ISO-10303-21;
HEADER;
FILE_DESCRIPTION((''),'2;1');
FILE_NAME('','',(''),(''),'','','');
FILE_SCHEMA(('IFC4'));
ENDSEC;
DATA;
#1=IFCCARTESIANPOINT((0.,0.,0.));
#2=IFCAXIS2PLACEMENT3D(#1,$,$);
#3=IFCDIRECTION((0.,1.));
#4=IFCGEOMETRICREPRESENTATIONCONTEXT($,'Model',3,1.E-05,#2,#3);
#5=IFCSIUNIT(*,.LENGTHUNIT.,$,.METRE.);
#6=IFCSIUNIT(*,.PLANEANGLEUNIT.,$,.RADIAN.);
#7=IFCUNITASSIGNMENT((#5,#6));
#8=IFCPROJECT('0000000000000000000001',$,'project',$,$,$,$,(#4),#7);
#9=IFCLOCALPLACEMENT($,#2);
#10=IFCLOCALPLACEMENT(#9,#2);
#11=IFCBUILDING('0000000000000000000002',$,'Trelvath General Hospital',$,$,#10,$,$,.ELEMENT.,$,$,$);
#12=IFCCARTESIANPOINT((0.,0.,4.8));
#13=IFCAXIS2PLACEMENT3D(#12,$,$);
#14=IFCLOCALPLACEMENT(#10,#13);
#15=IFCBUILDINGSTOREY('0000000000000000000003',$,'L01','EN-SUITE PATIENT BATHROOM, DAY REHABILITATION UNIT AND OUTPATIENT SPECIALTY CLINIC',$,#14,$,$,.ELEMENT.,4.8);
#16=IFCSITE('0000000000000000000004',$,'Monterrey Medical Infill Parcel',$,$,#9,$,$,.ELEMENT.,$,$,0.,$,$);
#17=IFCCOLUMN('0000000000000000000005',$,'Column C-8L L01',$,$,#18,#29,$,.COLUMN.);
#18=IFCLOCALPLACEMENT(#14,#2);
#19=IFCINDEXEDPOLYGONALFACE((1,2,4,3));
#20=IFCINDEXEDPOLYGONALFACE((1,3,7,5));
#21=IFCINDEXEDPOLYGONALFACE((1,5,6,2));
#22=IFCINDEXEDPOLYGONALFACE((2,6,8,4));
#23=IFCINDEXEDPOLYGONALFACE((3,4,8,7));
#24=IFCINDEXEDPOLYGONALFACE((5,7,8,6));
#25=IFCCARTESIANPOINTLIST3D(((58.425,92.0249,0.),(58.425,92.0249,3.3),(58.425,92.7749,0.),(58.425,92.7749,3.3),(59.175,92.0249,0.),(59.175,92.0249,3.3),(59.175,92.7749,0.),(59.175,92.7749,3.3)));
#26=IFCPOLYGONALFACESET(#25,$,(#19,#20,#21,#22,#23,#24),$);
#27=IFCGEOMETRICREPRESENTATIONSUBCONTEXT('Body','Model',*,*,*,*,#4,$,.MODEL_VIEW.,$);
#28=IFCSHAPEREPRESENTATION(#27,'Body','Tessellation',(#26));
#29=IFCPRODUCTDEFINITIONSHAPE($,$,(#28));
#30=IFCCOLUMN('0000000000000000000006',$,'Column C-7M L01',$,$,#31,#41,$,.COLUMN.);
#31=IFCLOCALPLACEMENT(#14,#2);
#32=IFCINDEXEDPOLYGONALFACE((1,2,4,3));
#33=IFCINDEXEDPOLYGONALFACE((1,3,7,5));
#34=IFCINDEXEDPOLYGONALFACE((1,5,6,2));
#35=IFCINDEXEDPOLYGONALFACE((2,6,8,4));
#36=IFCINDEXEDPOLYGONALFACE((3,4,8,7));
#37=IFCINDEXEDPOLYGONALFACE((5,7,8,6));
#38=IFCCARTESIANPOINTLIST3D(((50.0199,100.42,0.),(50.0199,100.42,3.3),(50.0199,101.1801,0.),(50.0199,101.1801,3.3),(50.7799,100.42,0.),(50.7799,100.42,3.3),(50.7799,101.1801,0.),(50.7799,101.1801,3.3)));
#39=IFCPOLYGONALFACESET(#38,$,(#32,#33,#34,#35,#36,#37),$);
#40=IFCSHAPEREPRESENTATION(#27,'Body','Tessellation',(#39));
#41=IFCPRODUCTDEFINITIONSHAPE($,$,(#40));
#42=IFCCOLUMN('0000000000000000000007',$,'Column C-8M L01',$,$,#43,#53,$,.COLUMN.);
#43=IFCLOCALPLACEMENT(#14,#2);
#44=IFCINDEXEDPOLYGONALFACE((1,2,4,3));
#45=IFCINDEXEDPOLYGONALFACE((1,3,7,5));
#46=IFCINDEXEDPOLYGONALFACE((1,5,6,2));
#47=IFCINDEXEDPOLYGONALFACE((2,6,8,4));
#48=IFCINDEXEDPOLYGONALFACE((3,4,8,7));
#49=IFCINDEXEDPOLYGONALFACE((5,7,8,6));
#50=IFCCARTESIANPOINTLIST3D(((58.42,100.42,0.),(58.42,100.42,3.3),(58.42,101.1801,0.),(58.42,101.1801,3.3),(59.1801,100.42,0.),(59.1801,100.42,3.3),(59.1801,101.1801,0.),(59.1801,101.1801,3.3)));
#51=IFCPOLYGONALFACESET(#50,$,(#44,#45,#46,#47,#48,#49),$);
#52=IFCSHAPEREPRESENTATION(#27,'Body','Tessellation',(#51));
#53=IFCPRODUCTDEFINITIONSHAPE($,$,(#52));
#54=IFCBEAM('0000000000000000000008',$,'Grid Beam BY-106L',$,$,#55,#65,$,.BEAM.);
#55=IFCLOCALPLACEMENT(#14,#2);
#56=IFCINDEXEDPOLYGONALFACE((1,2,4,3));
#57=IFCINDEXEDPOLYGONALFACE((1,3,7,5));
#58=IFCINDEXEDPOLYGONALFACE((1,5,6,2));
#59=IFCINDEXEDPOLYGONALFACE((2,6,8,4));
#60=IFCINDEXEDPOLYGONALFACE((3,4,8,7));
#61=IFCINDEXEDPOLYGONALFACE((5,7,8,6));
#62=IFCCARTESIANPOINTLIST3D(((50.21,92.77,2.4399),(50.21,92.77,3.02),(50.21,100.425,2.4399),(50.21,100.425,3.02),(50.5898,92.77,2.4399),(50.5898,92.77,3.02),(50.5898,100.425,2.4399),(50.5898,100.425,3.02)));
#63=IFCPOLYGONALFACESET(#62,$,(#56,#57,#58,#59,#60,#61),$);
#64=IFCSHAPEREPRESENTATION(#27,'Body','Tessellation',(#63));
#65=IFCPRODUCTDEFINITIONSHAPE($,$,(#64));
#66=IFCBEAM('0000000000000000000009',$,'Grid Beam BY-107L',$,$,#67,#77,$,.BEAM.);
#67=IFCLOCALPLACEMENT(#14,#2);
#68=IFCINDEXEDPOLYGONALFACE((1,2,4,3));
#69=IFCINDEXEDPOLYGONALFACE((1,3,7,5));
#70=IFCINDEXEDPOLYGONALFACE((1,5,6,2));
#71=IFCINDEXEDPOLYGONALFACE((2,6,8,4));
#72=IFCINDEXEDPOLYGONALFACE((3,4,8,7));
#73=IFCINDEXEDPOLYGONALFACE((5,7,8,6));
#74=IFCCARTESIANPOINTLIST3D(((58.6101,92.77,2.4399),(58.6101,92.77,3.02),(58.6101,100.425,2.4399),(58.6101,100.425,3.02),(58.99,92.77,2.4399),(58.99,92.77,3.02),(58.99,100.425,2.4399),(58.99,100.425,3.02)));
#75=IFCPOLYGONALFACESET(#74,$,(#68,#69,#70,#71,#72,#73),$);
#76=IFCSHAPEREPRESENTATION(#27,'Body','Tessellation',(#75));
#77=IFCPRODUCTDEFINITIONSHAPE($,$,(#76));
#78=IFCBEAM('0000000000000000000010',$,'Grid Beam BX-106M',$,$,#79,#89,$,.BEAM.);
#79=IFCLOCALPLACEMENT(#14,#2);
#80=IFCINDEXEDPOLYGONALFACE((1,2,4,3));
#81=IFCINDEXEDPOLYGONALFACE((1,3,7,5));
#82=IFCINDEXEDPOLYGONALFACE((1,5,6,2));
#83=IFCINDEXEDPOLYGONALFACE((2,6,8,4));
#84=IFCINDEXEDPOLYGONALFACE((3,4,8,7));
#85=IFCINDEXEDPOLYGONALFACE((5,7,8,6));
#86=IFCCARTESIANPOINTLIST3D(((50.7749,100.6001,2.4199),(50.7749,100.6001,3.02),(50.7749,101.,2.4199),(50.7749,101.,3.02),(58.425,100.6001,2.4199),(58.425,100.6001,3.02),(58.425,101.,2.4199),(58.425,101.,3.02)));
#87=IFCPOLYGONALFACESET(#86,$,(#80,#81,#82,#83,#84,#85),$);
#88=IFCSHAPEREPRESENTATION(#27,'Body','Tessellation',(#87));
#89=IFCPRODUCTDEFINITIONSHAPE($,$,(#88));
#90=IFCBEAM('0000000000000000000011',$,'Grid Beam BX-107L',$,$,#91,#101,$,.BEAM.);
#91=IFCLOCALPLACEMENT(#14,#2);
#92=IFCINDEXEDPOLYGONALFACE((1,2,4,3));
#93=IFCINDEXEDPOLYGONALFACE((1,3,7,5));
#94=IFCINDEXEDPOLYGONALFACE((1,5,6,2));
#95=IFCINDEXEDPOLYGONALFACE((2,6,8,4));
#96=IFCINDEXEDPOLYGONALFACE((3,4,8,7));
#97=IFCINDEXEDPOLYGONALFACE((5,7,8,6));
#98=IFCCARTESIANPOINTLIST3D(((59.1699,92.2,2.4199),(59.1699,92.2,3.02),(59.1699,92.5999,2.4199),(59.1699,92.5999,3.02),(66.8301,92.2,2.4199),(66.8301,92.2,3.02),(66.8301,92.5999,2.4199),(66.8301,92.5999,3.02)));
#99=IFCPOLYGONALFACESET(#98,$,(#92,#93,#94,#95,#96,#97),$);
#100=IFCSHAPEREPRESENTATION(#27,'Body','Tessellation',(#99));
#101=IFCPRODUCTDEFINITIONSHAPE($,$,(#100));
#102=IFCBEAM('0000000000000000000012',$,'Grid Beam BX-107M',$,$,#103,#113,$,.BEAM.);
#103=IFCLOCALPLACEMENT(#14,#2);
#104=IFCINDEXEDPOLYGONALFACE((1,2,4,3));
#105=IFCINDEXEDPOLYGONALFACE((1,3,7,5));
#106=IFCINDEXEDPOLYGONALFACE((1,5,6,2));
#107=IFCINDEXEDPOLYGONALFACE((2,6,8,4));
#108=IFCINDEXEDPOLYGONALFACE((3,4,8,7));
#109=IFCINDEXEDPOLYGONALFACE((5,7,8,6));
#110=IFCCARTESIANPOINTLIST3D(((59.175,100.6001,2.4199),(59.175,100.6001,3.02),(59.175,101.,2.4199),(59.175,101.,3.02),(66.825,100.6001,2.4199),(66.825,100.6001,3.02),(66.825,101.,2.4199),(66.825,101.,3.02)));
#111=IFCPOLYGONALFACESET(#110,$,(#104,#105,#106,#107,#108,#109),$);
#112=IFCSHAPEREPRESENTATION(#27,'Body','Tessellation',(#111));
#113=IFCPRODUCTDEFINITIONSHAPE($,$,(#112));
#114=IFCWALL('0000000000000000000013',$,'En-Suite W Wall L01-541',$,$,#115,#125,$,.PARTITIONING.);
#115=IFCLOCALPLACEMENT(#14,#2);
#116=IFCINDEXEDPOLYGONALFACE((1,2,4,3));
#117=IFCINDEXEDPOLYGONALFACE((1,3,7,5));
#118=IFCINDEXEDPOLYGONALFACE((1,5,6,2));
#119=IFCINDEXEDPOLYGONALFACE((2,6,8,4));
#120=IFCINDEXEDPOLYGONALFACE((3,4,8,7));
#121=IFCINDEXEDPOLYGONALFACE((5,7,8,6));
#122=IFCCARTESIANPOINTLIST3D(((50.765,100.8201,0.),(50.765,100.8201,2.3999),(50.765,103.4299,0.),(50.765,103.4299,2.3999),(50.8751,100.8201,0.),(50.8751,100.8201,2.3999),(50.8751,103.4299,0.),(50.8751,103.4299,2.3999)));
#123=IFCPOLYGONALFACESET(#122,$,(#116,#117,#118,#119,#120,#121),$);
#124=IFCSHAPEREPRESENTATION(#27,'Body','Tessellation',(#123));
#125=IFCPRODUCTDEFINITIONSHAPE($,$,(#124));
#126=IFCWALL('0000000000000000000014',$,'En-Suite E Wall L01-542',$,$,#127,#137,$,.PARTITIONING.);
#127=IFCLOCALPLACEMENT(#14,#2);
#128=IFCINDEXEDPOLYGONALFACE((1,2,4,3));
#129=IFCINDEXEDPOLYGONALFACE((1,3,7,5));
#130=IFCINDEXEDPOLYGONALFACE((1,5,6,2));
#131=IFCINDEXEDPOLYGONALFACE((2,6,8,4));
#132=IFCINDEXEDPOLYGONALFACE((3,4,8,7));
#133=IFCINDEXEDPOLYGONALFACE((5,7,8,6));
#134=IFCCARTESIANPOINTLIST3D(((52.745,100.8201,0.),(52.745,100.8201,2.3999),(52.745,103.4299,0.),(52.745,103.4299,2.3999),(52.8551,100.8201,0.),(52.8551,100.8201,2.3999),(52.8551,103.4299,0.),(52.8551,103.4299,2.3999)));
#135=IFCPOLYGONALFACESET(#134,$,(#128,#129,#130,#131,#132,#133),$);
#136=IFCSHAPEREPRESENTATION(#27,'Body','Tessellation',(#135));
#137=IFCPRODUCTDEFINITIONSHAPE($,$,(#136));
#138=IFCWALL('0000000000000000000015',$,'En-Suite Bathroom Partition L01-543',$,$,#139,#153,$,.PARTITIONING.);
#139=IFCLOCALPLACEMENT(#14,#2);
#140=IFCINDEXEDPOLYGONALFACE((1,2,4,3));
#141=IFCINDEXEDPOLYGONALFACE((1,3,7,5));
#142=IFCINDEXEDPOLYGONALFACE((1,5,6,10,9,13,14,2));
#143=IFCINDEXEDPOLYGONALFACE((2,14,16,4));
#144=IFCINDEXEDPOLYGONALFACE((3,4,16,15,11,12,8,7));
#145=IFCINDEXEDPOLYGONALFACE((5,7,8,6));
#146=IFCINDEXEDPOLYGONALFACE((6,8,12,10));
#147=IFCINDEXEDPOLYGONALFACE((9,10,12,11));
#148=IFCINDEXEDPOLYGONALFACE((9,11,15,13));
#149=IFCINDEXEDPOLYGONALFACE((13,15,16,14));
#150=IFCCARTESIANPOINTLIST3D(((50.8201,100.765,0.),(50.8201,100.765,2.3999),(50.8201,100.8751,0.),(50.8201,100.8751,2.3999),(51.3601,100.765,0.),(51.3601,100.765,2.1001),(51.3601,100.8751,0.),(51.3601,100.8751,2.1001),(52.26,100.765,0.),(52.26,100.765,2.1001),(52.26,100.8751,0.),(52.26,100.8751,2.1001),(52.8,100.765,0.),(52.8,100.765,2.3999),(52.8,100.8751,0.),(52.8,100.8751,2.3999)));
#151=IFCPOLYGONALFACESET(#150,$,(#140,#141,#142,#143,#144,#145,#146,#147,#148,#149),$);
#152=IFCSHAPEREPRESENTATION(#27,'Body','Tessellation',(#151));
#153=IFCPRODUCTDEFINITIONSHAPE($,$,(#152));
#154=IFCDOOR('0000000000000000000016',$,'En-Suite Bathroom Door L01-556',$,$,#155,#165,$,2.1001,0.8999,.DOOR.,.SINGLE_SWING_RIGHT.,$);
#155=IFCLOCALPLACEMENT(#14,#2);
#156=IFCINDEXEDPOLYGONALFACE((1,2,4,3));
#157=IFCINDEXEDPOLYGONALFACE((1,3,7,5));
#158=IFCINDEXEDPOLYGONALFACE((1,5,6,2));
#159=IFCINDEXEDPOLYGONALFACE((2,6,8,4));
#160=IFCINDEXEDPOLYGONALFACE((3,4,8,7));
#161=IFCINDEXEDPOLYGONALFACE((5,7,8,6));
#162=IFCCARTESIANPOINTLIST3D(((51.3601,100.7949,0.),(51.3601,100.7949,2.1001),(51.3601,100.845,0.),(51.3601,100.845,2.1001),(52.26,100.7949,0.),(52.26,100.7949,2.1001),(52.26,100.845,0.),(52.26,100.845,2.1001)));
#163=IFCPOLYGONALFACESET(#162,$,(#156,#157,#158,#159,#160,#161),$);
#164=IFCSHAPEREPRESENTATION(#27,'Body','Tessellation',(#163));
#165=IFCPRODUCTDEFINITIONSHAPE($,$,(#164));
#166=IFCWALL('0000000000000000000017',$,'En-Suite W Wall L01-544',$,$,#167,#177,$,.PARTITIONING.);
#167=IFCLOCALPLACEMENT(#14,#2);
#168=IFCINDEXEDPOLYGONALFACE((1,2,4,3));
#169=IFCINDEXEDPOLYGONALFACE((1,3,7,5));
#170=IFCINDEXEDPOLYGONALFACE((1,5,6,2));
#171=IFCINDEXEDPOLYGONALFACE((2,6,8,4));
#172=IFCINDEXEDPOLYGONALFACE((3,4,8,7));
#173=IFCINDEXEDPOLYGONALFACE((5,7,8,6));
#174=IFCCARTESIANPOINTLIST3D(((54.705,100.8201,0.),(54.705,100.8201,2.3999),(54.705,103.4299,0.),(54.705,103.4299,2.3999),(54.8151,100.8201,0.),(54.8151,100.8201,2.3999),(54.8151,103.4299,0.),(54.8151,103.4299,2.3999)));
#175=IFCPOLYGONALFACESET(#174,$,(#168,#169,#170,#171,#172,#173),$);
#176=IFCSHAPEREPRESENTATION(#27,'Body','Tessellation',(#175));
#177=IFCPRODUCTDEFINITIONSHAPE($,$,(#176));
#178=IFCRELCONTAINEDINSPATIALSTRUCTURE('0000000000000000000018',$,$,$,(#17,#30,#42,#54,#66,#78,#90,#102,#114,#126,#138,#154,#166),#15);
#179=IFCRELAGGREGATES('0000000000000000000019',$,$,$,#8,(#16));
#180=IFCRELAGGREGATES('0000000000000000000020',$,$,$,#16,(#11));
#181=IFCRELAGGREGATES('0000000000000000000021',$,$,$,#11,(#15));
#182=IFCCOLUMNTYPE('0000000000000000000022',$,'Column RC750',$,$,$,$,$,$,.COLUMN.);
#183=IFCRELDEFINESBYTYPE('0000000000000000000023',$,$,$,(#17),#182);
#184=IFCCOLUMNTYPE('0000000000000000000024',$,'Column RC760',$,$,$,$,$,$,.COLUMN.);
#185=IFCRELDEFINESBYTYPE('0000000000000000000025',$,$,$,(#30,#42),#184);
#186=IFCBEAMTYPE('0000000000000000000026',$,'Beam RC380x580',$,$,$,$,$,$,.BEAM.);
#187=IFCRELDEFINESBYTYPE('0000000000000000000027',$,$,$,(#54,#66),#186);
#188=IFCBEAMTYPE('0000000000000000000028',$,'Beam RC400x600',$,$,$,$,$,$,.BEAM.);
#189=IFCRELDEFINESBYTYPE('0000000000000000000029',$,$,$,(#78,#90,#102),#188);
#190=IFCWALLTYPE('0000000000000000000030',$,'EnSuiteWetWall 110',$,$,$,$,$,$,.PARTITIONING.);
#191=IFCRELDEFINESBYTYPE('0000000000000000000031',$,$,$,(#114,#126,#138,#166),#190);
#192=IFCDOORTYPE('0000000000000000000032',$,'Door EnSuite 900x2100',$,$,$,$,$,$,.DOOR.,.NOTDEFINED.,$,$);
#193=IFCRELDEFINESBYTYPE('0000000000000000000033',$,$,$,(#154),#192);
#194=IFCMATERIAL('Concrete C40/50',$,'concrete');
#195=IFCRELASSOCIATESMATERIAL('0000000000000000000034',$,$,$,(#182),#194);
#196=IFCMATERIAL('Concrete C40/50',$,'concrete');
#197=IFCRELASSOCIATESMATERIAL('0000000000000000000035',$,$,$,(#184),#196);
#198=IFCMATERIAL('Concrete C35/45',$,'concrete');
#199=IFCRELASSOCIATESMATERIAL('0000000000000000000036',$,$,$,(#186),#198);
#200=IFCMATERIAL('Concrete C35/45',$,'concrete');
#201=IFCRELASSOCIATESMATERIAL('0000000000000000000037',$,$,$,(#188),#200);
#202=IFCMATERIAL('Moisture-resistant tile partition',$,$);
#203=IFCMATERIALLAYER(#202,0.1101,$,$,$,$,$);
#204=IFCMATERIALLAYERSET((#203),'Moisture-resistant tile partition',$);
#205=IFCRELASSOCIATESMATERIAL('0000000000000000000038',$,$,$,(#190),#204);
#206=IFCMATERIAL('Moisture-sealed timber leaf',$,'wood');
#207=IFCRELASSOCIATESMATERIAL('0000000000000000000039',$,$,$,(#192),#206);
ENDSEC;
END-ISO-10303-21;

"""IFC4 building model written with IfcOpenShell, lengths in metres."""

from ifc_helpers import new_model, si_unit, direction, frame, frame_2d, origin, origin_2d, place, context, subcontext, project, spatial, rectangle, extrude, material, layer, layer_set, material_profile, profile_set, type_object, element, fill, save


model = new_model("IFC4")

# Units and contexts
model_context = context("Model", 3, precision=1e-05, world=origin(), true_north=direction((0.0, 1.0)))
body_context = subcontext(model_context, "Body", "Model", "MODEL_VIEW")
ifc_project = project(units=[si_unit("LENGTHUNIT", "METRE"), si_unit("PLANEANGLEUNIT", "RADIAN")], contexts=[model_context])

# Site, building, storey
site_placement = place(None, origin())
site = spatial("IfcSite", under=ifc_project, at=site_placement, Name="Monterrey Medical Infill Parcel", CompositionType="ELEMENT", RefElevation=0.0)
building_placement = place(site_placement, origin())
building = spatial("IfcBuilding", under=site, at=building_placement, Name="Trelvath General Hospital", CompositionType="ELEMENT")
storey_placement = place(building_placement, frame((0.0, 0.0, 4.8)))
storey = spatial("IfcBuildingStorey", under=building, at=storey_placement, Name="L01", Description="EN-SUITE PATIENT BATHROOM, DAY REHABILITATION UNIT AND OUTPATIENT SPECIALTY CLINIC", CompositionType="ELEMENT", Elevation=4.8)

# Columns
ifc_material_1 = material(Name="Concrete C40/50", Category="concrete")
ifc_material_profile_1 = material_profile(ifc_material_1, rectangle(XDim=0.75, YDim=0.75, at=origin_2d()), Name="RC750x750")
ifc_profile_set_1 = profile_set([ifc_material_profile_1], Name="Concrete C40/50")
column_type_1 = type_object("IfcColumnType", Name="Column RC750", PredefinedType="COLUMN", material=ifc_profile_set_1)
column_placement = place(storey_placement, frame((58.8, 92.3999, 0.0), z_axis=(0.0, 0.0, 1.0), x_axis=(1.0, 0.0, 0.0)))
element("IfcColumn", 1, at=column_placement, inside=storey, type_object=column_type_1, Name="Column C-8L L01", PredefinedType="COLUMN", context=body_context, shape_type="SweptSolid", body=[
    extrude(rectangle(XDim=0.75, YDim=0.75, at=origin_2d()), origin(), (0.0, 0.0, 1.0), 3.3),
])
ifc_material_2 = material(Name="Concrete C40/50", Category="concrete")
ifc_material_profile_2 = material_profile(ifc_material_2, rectangle(XDim=0.76, YDim=0.76, at=origin_2d()), Name="RC760x760")
ifc_profile_set_2 = profile_set([ifc_material_profile_2], Name="Concrete C40/50")
column_type_2 = type_object("IfcColumnType", Name="Column RC760", PredefinedType="COLUMN", material=ifc_profile_set_2)
for number, where, z_axis, x_axis, name in (
    (2, (50.3999, 100.8, 0.0), (0.0, 0.0, 1.0), (1.0, 0.0, 0.0), "Column C-7M L01"),
    (3, (58.8, 100.8, 0.0), (0.0, 0.0, 1.0), (1.0, 0.0, 0.0), "Column C-8M L01"),
):
    element("IfcColumn", number, at=place(storey_placement, frame(where, z_axis=z_axis, x_axis=x_axis)), inside=storey, type_object=column_type_2, Name=name, PredefinedType="COLUMN", context=body_context, shape_type="SweptSolid", body=[
        extrude(rectangle(XDim=0.76, YDim=0.76, at=origin_2d()), origin(), (0.0, 0.0, 1.0), 3.3),
    ])

# Beams
ifc_material_3 = material(Name="Concrete C35/45", Category="concrete")
ifc_material_profile_3 = material_profile(ifc_material_3, rectangle(XDim=0.3799, YDim=0.5801, at=origin_2d()), Name="RCB380x580")
ifc_profile_set_3 = profile_set([ifc_material_profile_3], Name="Concrete C35/45")
beam_type_1 = type_object("IfcBeamType", Name="Beam RC380x580", PredefinedType="BEAM", material=ifc_profile_set_3)
for number, where, z_axis, x_axis, name in (
    (4, (50.3999, 92.77, 2.73), (0.0, 1.0, 0.0), (-1.0, 0.0, 0.0), "Grid Beam BY-106L"),
    (5, (58.8, 92.77, 2.73), (0.0, 1.0, 0.0), (-1.0, 0.0, 0.0), "Grid Beam BY-107L"),
):
    element("IfcBeam", number, at=place(storey_placement, frame(where, z_axis=z_axis, x_axis=x_axis)), inside=storey, type_object=beam_type_1, Name=name, PredefinedType="BEAM", context=body_context, shape_type="SweptSolid", body=[
        extrude(rectangle(XDim=0.3799, YDim=0.5801, at=origin_2d()), origin(), (0.0, 0.0, 1.0), 7.655),
    ])
ifc_material_4 = material(Name="Concrete C35/45", Category="concrete")
ifc_material_profile_4 = material_profile(ifc_material_4, rectangle(XDim=0.3999, YDim=0.6001, at=origin_2d()), Name="RCB400x600")
ifc_profile_set_4 = profile_set([ifc_material_profile_4], Name="Concrete C35/45")
beam_type_2 = type_object("IfcBeamType", Name="Beam RC400x600", PredefinedType="BEAM", material=ifc_profile_set_4)
beam_1_placement = place(storey_placement, frame((50.7749, 100.8, 2.72), z_axis=(1.0, 0.0, 0.0), x_axis=(0.0, 1.0, 0.0)))
element("IfcBeam", 6, at=beam_1_placement, inside=storey, type_object=beam_type_2, Name="Grid Beam BX-106M", PredefinedType="BEAM", context=body_context, shape_type="SweptSolid", body=[
    extrude(rectangle(XDim=0.3999, YDim=0.6001, at=origin_2d()), origin(), (0.0, 0.0, 1.0), 7.6501),
])
beam_2_placement = place(storey_placement, frame((59.1699, 92.3999, 2.72), z_axis=(1.0, 0.0, 0.0), x_axis=(0.0, 1.0, 0.0)))
element("IfcBeam", 7, at=beam_2_placement, inside=storey, type_object=beam_type_2, Name="Grid Beam BX-107L", PredefinedType="BEAM", context=body_context, shape_type="SweptSolid", body=[
    extrude(rectangle(XDim=0.3999, YDim=0.6001, at=origin_2d()), origin(), (0.0, 0.0, 1.0), 7.6602),
])
beam_3_placement = place(storey_placement, frame((59.175, 100.8, 2.72), z_axis=(1.0, 0.0, 0.0), x_axis=(0.0, 1.0, 0.0)))
element("IfcBeam", 8, at=beam_3_placement, inside=storey, type_object=beam_type_2, Name="Grid Beam BX-107M", PredefinedType="BEAM", context=body_context, shape_type="SweptSolid", body=[
    extrude(rectangle(XDim=0.3999, YDim=0.6001, at=origin_2d()), origin(), (0.0, 0.0, 1.0), 7.6499),
])

# Walls
ifc_material_5 = material(Name="Moisture-resistant tile partition")
ifc_layer_1 = layer(ifc_material_5, 0.1101)
ifc_layer_set_1 = layer_set([ifc_layer_1], Name="Moisture-resistant tile partition")
wall_type_1 = type_object("IfcWallType", Name="EnSuiteWetWall 110", PredefinedType="PARTITIONING", material=ifc_layer_set_1)
for number, where, z_axis, x_axis, name in (
    (9, (50.8201, 100.8201, 0.0), (0.0, 0.0, 1.0), (0.0, 1.0, 0.0), "En-Suite W Wall L01-541"),
    (10, (52.8, 100.8201, 0.0), (0.0, 0.0, 1.0), (0.0, 1.0, 0.0), "En-Suite E Wall L01-542"),
):
    element("IfcWall", number, at=place(storey_placement, frame(where, z_axis=z_axis, x_axis=x_axis)), inside=storey, type_object=wall_type_1, Name=name, PredefinedType="PARTITIONING", context=body_context, shape_type="SweptSolid", body=[
        extrude(rectangle(XDim=2.6099, YDim=0.1101, at=frame_2d((1.3049, 0.0))), origin(), (0.0, 0.0, 1.0), 2.3999),
    ])

# Wall, opening, door
wall_1_placement = place(storey_placement, frame((50.8201, 100.8201, 0.0), z_axis=(0.0, 0.0, 1.0), x_axis=(1.0, 0.0, 0.0)))
wall_1 = element("IfcWall", 11, at=wall_1_placement, inside=storey, type_object=wall_type_1, Name="En-Suite Bathroom Partition L01-543", PredefinedType="PARTITIONING", context=body_context, shape_type="SweptSolid", body=[
    extrude(rectangle(XDim=1.98, YDim=0.1101, at=frame_2d((0.99, 0.0))), origin(), (0.0, 0.0, 1.0), 2.3999),
])
opening_1_placement = place(wall_1_placement, frame((0.54, 0.0, 0.0)))
opening_1 = element("IfcOpeningElement", 12, at=opening_1_placement, cuts=wall_1, PredefinedType="OPENING", context=body_context, shape_type="SweptSolid", body=[
    extrude(rectangle(XDim=0.8999, YDim=2.1001, at=frame_2d((0.45, 1.05))), frame((0.0, 0.0649, 0.0), z_axis=(0.0, -1.0, 0.0), x_axis=(1.0, 0.0, 0.0)), (0.0, 0.0, 1.0), 0.1301),
])
ifc_material_6 = material(Name="Moisture-sealed timber leaf", Category="wood")
door_type_1 = type_object("IfcDoorType", Name="Door EnSuite 900x2100", OperationType="NOTDEFINED", PredefinedType="DOOR", material=ifc_material_6)
door_1_placement = place(opening_1_placement, origin())
door_1 = element("IfcDoor", 13, at=door_1_placement, inside=storey, type_object=door_type_1, Name="En-Suite Bathroom Door L01-556", OperationType="SINGLE_SWING_RIGHT", OverallHeight=2.1001, OverallWidth=0.8999, PredefinedType="DOOR", context=body_context, shape_type="SweptSolid", body=[
    extrude(rectangle(XDim=0.8999, YDim=2.1001, at=frame_2d((0.45, 1.05))), frame((0.0, 0.0249, 0.0), z_axis=(0.0, -1.0, 0.0), x_axis=(1.0, 0.0, 0.0)), (0.0, 0.0, 1.0), 0.05),
])
fill(opening_1, door_1)

# Wall
wall_2_placement = place(storey_placement, frame((54.76, 100.8201, 0.0), z_axis=(0.0, 0.0, 1.0), x_axis=(0.0, 1.0, 0.0)))
element("IfcWall", 14, at=wall_2_placement, inside=storey, type_object=wall_type_1, Name="En-Suite W Wall L01-544", PredefinedType="PARTITIONING", context=body_context, shape_type="SweptSolid", body=[
    extrude(rectangle(XDim=2.6099, YDim=0.1101, at=frame_2d((1.3049, 0.0))), origin(), (0.0, 0.0, 1.0), 2.3999),
])

save(model, "model.ifc")
